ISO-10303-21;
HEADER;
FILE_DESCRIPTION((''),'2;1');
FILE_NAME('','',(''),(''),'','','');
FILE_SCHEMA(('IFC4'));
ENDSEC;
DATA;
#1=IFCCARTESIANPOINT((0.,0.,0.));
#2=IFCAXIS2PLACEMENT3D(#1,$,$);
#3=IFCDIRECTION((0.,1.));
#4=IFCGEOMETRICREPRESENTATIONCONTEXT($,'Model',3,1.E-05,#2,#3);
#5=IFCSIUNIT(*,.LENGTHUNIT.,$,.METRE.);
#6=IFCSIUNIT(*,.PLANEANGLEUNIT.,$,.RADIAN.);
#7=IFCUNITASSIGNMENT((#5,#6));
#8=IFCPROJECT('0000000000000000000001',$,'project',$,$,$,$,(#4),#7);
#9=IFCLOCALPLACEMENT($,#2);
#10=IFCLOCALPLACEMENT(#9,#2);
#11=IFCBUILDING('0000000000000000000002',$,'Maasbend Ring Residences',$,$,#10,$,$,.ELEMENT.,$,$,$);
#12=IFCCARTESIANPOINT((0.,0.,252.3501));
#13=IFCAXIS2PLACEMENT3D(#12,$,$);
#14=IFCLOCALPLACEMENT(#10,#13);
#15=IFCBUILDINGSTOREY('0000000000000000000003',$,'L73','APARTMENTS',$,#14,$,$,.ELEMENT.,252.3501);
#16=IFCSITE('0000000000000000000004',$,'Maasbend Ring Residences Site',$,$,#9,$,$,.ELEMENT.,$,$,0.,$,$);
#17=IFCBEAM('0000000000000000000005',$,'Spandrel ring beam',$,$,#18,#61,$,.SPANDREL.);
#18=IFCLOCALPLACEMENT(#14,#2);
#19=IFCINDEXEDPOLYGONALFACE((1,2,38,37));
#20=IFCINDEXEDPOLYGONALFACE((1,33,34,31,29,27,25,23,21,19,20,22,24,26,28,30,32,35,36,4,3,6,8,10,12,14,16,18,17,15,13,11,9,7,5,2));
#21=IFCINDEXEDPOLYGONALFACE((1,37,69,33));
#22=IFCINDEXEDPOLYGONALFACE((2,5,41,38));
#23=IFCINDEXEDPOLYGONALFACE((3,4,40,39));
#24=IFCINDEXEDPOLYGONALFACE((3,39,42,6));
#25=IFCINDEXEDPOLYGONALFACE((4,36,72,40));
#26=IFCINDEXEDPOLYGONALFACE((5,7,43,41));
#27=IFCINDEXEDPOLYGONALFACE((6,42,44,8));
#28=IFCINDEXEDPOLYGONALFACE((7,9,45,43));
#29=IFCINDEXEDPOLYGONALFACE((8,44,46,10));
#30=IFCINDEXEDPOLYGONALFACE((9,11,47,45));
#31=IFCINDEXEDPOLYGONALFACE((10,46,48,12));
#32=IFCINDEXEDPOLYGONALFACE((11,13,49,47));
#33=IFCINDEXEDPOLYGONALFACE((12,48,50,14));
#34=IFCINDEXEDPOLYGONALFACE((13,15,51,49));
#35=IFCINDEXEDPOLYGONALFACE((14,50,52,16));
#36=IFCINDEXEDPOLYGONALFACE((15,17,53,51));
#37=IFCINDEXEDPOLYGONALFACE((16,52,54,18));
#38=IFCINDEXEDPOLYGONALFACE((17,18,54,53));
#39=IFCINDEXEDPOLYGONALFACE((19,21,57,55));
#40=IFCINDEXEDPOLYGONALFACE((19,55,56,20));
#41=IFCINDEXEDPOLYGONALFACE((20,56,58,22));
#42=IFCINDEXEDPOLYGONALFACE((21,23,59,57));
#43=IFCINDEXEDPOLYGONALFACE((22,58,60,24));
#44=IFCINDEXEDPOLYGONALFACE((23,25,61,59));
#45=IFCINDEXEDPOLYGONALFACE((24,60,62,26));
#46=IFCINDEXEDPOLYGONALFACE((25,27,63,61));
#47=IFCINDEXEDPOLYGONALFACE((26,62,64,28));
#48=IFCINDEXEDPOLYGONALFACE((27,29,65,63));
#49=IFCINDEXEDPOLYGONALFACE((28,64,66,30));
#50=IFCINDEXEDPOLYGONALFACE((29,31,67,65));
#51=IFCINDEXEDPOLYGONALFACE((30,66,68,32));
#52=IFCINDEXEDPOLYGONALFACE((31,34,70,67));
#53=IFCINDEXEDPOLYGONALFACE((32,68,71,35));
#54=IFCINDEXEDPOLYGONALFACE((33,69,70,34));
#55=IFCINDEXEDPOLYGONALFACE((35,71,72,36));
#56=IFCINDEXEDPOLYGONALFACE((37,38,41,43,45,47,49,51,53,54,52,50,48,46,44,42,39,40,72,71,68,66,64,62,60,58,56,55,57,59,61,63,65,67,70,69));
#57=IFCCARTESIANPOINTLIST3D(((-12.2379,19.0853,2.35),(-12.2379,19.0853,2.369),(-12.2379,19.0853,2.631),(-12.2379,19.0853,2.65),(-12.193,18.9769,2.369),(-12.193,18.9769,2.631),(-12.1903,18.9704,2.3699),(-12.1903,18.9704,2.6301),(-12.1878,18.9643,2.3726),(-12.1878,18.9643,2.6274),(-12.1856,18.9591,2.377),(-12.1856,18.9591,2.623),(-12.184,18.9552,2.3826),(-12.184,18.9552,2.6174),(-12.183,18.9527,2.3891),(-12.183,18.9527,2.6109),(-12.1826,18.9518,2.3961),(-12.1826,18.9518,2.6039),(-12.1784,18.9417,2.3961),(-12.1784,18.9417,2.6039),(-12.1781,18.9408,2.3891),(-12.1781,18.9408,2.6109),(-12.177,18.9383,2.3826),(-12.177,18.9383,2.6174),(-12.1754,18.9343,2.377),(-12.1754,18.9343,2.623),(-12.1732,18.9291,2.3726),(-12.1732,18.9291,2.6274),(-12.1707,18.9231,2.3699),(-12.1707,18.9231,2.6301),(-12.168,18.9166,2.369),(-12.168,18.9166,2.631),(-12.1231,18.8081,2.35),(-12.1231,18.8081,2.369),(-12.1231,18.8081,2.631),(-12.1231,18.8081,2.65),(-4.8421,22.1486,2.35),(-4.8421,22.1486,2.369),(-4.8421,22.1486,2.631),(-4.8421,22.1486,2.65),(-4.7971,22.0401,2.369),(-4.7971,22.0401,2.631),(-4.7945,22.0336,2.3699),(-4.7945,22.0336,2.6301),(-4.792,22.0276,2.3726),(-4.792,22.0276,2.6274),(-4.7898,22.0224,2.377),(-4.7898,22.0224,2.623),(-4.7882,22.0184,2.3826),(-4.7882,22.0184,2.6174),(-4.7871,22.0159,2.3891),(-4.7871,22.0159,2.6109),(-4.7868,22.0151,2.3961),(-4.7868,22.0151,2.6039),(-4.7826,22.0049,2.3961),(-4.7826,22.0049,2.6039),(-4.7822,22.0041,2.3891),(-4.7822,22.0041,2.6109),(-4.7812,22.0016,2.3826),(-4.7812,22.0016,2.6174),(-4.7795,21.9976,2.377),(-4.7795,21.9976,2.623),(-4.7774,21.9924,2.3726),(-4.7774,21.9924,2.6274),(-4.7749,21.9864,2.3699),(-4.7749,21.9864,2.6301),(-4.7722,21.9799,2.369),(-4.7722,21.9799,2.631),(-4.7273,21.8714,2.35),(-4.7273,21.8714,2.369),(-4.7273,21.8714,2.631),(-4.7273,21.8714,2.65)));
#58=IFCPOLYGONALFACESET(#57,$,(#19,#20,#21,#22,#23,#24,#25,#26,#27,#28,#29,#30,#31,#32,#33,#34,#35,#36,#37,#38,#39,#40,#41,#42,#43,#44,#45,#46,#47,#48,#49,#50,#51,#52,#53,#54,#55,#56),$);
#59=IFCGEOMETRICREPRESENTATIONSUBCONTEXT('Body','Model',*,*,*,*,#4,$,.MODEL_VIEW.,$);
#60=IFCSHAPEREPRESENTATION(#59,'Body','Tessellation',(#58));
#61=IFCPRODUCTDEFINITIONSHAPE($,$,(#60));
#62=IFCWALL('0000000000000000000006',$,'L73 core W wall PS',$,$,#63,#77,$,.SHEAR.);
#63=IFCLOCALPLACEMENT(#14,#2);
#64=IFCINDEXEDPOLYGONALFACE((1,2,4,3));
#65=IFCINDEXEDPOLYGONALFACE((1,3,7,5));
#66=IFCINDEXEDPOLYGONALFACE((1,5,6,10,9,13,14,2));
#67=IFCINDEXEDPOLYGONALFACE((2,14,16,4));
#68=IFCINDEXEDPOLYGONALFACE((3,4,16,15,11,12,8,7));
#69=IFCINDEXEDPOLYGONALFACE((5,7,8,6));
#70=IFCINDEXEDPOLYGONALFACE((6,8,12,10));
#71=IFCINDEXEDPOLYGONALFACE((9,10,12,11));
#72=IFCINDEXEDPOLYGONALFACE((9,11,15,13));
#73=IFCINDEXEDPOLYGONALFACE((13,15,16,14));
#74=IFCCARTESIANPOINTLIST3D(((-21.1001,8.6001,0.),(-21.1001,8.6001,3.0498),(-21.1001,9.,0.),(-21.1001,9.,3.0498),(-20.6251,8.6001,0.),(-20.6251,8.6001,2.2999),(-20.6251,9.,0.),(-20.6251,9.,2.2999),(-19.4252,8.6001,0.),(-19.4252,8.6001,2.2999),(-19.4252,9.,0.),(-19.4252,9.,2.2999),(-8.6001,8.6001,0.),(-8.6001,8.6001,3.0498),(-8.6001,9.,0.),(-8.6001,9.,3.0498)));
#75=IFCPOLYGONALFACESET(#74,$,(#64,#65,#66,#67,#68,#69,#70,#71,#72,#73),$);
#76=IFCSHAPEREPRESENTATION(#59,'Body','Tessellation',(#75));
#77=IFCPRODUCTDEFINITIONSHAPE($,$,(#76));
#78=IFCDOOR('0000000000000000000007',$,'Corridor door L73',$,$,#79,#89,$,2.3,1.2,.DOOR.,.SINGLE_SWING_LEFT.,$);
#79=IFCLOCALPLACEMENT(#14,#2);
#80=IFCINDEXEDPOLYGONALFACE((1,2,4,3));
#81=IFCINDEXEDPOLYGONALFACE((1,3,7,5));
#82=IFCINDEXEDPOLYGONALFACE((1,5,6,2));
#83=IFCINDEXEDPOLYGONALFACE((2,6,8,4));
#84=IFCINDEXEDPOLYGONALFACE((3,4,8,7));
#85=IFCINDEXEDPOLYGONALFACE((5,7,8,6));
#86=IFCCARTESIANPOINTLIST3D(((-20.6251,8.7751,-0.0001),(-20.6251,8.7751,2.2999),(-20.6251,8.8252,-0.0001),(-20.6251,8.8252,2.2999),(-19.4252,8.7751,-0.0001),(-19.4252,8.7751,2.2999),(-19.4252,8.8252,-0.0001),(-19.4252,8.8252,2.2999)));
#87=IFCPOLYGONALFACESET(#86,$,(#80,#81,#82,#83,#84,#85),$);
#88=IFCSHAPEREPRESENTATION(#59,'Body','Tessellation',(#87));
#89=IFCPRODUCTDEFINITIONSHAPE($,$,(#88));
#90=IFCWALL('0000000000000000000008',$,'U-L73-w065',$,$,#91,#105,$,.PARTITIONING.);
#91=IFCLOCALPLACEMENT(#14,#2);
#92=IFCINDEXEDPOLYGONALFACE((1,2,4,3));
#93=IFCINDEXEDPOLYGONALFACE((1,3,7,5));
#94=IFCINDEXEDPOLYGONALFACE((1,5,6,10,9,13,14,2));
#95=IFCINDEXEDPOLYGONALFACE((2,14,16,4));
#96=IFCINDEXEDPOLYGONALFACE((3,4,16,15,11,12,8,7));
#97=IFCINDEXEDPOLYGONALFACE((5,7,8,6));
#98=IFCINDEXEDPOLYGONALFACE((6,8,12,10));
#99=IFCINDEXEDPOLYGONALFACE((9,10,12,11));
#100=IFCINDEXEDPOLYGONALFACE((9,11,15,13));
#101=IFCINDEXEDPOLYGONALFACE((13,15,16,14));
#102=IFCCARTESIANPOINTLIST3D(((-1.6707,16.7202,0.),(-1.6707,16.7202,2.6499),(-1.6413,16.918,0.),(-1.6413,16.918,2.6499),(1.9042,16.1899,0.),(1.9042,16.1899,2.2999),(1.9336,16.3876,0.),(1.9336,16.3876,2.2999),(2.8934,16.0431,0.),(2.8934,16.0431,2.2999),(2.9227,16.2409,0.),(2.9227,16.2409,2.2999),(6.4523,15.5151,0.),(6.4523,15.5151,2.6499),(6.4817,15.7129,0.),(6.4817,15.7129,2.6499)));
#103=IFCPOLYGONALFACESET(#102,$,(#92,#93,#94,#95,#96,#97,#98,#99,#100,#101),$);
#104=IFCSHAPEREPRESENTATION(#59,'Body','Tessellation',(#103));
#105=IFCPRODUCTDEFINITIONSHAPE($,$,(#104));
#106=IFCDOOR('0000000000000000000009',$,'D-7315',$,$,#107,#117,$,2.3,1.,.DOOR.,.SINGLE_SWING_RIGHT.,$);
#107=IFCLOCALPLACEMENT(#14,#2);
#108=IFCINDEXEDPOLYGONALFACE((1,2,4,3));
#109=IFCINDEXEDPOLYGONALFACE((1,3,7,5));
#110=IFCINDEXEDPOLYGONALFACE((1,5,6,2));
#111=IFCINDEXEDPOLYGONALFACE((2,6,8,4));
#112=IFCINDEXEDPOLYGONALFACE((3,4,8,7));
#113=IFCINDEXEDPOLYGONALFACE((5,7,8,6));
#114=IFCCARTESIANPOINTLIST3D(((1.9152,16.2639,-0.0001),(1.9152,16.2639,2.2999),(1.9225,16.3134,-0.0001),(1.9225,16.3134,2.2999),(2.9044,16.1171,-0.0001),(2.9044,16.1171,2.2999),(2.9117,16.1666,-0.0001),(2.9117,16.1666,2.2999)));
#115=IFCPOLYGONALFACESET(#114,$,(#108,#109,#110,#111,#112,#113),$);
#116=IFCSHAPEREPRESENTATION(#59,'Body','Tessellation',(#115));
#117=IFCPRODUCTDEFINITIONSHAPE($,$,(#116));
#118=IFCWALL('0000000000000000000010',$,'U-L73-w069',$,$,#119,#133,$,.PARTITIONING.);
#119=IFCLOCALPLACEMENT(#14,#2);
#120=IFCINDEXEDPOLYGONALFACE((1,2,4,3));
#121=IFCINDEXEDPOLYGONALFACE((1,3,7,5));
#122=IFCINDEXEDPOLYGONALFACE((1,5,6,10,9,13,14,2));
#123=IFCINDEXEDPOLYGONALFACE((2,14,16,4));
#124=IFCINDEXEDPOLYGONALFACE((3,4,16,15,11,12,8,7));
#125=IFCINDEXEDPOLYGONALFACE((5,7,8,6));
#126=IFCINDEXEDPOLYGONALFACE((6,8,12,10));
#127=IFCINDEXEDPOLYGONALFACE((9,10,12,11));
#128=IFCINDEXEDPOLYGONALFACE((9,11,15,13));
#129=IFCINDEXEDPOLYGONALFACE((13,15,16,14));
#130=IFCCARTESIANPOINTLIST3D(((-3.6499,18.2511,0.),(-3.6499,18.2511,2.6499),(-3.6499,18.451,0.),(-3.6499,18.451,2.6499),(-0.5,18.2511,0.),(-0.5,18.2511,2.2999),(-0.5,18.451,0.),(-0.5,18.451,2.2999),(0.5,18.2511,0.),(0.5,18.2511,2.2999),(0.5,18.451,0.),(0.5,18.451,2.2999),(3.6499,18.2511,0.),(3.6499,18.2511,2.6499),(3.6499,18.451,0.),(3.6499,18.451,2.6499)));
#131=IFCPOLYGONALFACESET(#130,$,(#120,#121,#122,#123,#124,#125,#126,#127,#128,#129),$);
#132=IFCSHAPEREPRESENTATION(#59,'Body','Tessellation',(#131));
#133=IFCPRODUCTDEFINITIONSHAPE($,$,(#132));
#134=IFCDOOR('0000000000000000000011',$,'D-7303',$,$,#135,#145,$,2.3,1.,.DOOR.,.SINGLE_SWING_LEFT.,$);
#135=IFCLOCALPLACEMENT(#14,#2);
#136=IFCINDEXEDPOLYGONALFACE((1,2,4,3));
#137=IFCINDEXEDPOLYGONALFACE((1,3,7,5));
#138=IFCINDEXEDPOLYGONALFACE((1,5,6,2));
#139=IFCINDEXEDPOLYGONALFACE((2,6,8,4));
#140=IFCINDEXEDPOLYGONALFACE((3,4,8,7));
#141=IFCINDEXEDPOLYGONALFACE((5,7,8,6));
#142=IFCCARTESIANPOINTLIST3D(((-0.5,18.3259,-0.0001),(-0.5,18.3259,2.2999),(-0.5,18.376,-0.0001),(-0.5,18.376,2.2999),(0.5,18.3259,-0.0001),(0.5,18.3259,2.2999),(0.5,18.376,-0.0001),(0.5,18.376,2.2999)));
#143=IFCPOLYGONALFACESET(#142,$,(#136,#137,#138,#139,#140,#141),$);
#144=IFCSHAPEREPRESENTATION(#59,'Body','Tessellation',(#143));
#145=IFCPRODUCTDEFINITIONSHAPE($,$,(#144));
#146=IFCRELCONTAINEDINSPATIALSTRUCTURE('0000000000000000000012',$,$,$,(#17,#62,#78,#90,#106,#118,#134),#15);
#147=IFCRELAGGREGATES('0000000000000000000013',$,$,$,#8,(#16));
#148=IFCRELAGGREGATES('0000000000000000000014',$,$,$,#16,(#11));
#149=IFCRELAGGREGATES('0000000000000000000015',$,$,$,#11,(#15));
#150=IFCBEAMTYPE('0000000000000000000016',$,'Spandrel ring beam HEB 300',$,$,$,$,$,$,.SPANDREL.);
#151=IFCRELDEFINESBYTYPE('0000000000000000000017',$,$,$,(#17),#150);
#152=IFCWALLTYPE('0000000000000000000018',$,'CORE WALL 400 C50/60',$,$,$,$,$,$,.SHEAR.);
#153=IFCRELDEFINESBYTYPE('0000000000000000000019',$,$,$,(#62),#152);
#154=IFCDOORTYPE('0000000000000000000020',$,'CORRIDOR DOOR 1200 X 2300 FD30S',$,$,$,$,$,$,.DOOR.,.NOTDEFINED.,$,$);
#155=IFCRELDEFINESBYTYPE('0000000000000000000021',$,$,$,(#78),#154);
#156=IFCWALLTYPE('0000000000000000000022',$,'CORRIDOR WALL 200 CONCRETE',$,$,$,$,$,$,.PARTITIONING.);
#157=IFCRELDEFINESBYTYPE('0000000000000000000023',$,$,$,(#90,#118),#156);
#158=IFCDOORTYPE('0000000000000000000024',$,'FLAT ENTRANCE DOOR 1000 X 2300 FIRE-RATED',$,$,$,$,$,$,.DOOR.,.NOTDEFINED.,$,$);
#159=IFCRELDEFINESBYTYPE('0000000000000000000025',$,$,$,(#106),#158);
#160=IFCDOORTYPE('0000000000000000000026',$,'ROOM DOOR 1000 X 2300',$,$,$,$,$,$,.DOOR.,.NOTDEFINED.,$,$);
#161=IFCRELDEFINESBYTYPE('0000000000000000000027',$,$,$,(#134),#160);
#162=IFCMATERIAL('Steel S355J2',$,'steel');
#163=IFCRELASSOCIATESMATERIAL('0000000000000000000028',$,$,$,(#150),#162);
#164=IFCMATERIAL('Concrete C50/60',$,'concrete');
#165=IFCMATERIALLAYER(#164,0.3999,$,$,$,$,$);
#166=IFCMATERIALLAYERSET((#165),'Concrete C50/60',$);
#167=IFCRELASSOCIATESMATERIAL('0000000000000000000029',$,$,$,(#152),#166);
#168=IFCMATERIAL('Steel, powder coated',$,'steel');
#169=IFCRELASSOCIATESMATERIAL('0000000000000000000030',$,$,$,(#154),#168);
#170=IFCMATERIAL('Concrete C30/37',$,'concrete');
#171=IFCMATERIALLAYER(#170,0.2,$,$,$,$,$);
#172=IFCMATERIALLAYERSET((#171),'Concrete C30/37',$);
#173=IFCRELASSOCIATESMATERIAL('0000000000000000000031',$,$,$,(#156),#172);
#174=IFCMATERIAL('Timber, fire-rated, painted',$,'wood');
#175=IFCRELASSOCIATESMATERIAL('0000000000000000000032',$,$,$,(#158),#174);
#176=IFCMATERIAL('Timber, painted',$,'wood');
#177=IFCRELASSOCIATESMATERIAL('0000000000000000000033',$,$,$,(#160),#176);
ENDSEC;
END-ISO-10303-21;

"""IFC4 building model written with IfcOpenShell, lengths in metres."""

from ifc_helpers import new_model, si_unit, direction, frame, frame_2d, origin, origin_2d, place, context, subcontext, project, spatial, rectangle, i_section, extrude, material, layer, layer_set, material_profile, profile_set, type_object, element, fill, save


model = new_model("IFC4")

# Units and contexts
model_context = context("Model", 3, precision=1e-05, world=origin(), true_north=direction((0.0, 1.0)))
body_context = subcontext(model_context, "Body", "Model", "MODEL_VIEW")
ifc_project = project(units=[si_unit("LENGTHUNIT", "METRE"), si_unit("PLANEANGLEUNIT", "RADIAN")], contexts=[model_context])

# Site, building, storey
site_placement = place(None, origin())
site = spatial("IfcSite", under=ifc_project, at=site_placement, Name="Maasbend Ring Residences Site", CompositionType="ELEMENT", RefElevation=0.0)
building_placement = place(site_placement, origin())
building = spatial("IfcBuilding", under=site, at=building_placement, Name="Maasbend Ring Residences", CompositionType="ELEMENT")
storey_placement = place(building_placement, frame((0.0, 0.0, 252.3501)))
storey = spatial("IfcBuildingStorey", under=building, at=storey_placement, Name="L73", Description="APARTMENTS", CompositionType="ELEMENT", Elevation=252.3501)

# Beam
ifc_material_1 = material(Name="Steel S355J2", Category="steel")
ifc_material_profile_1 = material_profile(ifc_material_1, i_section(OverallWidth=0.3, OverallDepth=0.3, WebThickness=0.011, FlangeThickness=0.019, FilletRadius=0.0271, at=origin_2d()), Name="HEB 300")
ifc_profile_set_1 = profile_set([ifc_material_profile_1], Name="Steel S355J2")
beam_type_1 = type_object("IfcBeamType", Name="Spandrel ring beam HEB 300", PredefinedType="SPANDREL", material=ifc_profile_set_1)
beam_1_placement = place(storey_placement, frame((-4.7847, 22.01, 2.5), z_axis=(-0.923888, -0.382663, 0.0), x_axis=(0.382663, -0.923888, 0.0)))
element("IfcBeam", 1, at=beam_1_placement, inside=storey, type_object=beam_type_1, Name="Spandrel ring beam", PredefinedType="SPANDREL", context=body_context, shape_type="SweptSolid", body=[
    extrude(i_section(OverallWidth=0.3, OverallDepth=0.3, WebThickness=0.011, FlangeThickness=0.019, FilletRadius=0.0271, at=origin_2d()), origin(), (0.0, 0.0, 1.0), 8.0051),
])

# Walls, openings, doors
ifc_material_2 = material(Name="Concrete C50/60", Category="concrete")
ifc_layer_1 = layer(ifc_material_2, 0.3999)
ifc_layer_set_1 = layer_set([ifc_layer_1], Name="Concrete C50/60")
wall_type_1 = type_object("IfcWallType", Name="CORE WALL 400 C50/60", PredefinedType="SHEAR", material=ifc_layer_set_1)
wall_1_placement = place(storey_placement, frame((-8.6001, 8.8, 0.0), z_axis=(0.0, 0.0, 1.0), x_axis=(-1.0, 0.0, 0.0)))
wall_1 = element("IfcWall", 2, at=wall_1_placement, inside=storey, type_object=wall_type_1, Name="L73 core W wall PS", PredefinedType="SHEAR", context=body_context, shape_type="SweptSolid", body=[
    extrude(rectangle(XDim=12.5, YDim=0.3999, at=frame_2d((6.25, 0.0))), origin(), (0.0, 0.0, 1.0), 3.0498),
])
opening_1_placement = place(wall_1_placement, frame((10.825, 0.0, 0.0)))
opening_1 = element("IfcOpeningElement", 3, at=opening_1_placement, cuts=wall_1, PredefinedType="OPENING", context=body_context, shape_type="SweptSolid", body=[
    extrude(rectangle(XDim=1.2, YDim=2.3, at=frame_2d((0.6001, 1.1499))), frame((0.0, 0.21, 0.0), z_axis=(0.0, -1.0, 0.0), x_axis=(1.0, 0.0, 0.0)), (0.0, 0.0, 1.0), 0.4199),
])
ifc_material_3 = material(Name="Steel, powder coated", Category="steel")
door_type_1 = type_object("IfcDoorType", Name="CORRIDOR DOOR 1200 X 2300 FD30S", OperationType="NOTDEFINED", PredefinedType="DOOR", material=ifc_material_3)
door_1_placement = place(opening_1_placement, origin())
door_1 = element("IfcDoor", 4, at=door_1_placement, inside=storey, type_object=door_type_1, Name="Corridor door L73", OperationType="SINGLE_SWING_LEFT", OverallHeight=2.3, OverallWidth=1.2, PredefinedType="DOOR", context=body_context, shape_type="SweptSolid", body=[
    extrude(rectangle(XDim=1.2, YDim=2.3, at=frame_2d((0.6001, 1.1499))), frame((0.0, 0.0249, 0.0), z_axis=(0.0, -1.0, 0.0), x_axis=(1.0, 0.0, 0.0)), (0.0, 0.0, 1.0), 0.05),
])
fill(opening_1, door_1)
ifc_material_4 = material(Name="Concrete C30/37", Category="concrete")
ifc_layer_2 = layer(ifc_material_4, 0.2)
ifc_layer_set_2 = layer_set([ifc_layer_2], Name="Concrete C30/37")
wall_type_2 = type_object("IfcWallType", Name="CORRIDOR WALL 200 CONCRETE", PredefinedType="PARTITIONING", material=ifc_layer_set_2)
wall_2_placement = place(storey_placement, frame((-1.656, 16.8191, 0.0), z_axis=(0.0, 0.0, 1.0), x_axis=(0.989174, -0.146747, 0.0)))
wall_2 = element("IfcWall", 5, at=wall_2_placement, inside=storey, type_object=wall_type_2, Name="U-L73-w065", PredefinedType="PARTITIONING", context=body_context, shape_type="SweptSolid", body=[
    extrude(rectangle(XDim=8.2119, YDim=0.2, at=frame_2d((4.106, 0.0))), origin(), (0.0, 0.0, 1.0), 2.6499),
])
opening_2_placement = place(wall_2_placement, frame((3.614, 0.0, 0.0)))
opening_2 = element("IfcOpeningElement", 6, at=opening_2_placement, cuts=wall_2, PredefinedType="OPENING", context=body_context, shape_type="SweptSolid", body=[
    extrude(rectangle(XDim=1.0, YDim=2.3, at=frame_2d((0.5, 1.1499))), frame((0.0, 0.1099, 0.0), z_axis=(0.0, -1.0, 0.0), x_axis=(1.0, 0.0, 0.0)), (0.0, 0.0, 1.0), 0.22),
])
ifc_material_5 = material(Name="Timber, fire-rated, painted", Category="wood")
door_type_2 = type_object("IfcDoorType", Name="FLAT ENTRANCE DOOR 1000 X 2300 FIRE-RATED", OperationType="NOTDEFINED", PredefinedType="DOOR", material=ifc_material_5)
door_2_placement = place(opening_2_placement, origin())
door_2 = element("IfcDoor", 7, at=door_2_placement, inside=storey, type_object=door_type_2, Name="D-7315", OperationType="SINGLE_SWING_RIGHT", OverallHeight=2.3, OverallWidth=1.0, PredefinedType="DOOR", context=body_context, shape_type="SweptSolid", body=[
    extrude(rectangle(XDim=1.0, YDim=2.3, at=frame_2d((0.5, 1.1499))), frame((0.0, 0.0249, 0.0), z_axis=(0.0, -1.0, 0.0), x_axis=(1.0, 0.0, 0.0)), (0.0, 0.0, 1.0), 0.05),
])
fill(opening_2, door_2)
wall_3_placement = place(storey_placement, frame((-3.6499, 18.3511, 0.0), z_axis=(0.0, 0.0, 1.0), x_axis=(1.0, 0.0, 0.0)))
wall_3 = element("IfcWall", 8, at=wall_3_placement, inside=storey, type_object=wall_type_2, Name="U-L73-w069", PredefinedType="PARTITIONING", context=body_context, shape_type="SweptSolid", body=[
    extrude(rectangle(XDim=7.2998, YDim=0.2, at=frame_2d((3.6499, 0.0))), origin(), (0.0, 0.0, 1.0), 2.6499),
])
opening_3_placement = place(wall_3_placement, frame((3.1499, 0.0, 0.0)))
opening_3 = element("IfcOpeningElement", 9, at=opening_3_placement, cuts=wall_3, PredefinedType="OPENING", context=body_context, shape_type="SweptSolid", body=[
    extrude(rectangle(XDim=1.0, YDim=2.3, at=frame_2d((0.5, 1.1499))), frame((0.0, 0.1099, 0.0), z_axis=(0.0, -1.0, 0.0), x_axis=(1.0, 0.0, 0.0)), (0.0, 0.0, 1.0), 0.22),
])
ifc_material_6 = material(Name="Timber, painted", Category="wood")
door_type_3 = type_object("IfcDoorType", Name="ROOM DOOR 1000 X 2300", OperationType="NOTDEFINED", PredefinedType="DOOR", material=ifc_material_6)
door_3_placement = place(opening_3_placement, origin())
door_3 = element("IfcDoor", 10, at=door_3_placement, inside=storey, type_object=door_type_3, Name="D-7303", OperationType="SINGLE_SWING_LEFT", OverallHeight=2.3, OverallWidth=1.0, PredefinedType="DOOR", context=body_context, shape_type="SweptSolid", body=[
    extrude(rectangle(XDim=1.0, YDim=2.3, at=frame_2d((0.5, 1.1499))), frame((0.0, 0.0249, 0.0), z_axis=(0.0, -1.0, 0.0), x_axis=(1.0, 0.0, 0.0)), (0.0, 0.0, 1.0), 0.05),
])
fill(opening_3, door_3)

save(model, "model.ifc")
